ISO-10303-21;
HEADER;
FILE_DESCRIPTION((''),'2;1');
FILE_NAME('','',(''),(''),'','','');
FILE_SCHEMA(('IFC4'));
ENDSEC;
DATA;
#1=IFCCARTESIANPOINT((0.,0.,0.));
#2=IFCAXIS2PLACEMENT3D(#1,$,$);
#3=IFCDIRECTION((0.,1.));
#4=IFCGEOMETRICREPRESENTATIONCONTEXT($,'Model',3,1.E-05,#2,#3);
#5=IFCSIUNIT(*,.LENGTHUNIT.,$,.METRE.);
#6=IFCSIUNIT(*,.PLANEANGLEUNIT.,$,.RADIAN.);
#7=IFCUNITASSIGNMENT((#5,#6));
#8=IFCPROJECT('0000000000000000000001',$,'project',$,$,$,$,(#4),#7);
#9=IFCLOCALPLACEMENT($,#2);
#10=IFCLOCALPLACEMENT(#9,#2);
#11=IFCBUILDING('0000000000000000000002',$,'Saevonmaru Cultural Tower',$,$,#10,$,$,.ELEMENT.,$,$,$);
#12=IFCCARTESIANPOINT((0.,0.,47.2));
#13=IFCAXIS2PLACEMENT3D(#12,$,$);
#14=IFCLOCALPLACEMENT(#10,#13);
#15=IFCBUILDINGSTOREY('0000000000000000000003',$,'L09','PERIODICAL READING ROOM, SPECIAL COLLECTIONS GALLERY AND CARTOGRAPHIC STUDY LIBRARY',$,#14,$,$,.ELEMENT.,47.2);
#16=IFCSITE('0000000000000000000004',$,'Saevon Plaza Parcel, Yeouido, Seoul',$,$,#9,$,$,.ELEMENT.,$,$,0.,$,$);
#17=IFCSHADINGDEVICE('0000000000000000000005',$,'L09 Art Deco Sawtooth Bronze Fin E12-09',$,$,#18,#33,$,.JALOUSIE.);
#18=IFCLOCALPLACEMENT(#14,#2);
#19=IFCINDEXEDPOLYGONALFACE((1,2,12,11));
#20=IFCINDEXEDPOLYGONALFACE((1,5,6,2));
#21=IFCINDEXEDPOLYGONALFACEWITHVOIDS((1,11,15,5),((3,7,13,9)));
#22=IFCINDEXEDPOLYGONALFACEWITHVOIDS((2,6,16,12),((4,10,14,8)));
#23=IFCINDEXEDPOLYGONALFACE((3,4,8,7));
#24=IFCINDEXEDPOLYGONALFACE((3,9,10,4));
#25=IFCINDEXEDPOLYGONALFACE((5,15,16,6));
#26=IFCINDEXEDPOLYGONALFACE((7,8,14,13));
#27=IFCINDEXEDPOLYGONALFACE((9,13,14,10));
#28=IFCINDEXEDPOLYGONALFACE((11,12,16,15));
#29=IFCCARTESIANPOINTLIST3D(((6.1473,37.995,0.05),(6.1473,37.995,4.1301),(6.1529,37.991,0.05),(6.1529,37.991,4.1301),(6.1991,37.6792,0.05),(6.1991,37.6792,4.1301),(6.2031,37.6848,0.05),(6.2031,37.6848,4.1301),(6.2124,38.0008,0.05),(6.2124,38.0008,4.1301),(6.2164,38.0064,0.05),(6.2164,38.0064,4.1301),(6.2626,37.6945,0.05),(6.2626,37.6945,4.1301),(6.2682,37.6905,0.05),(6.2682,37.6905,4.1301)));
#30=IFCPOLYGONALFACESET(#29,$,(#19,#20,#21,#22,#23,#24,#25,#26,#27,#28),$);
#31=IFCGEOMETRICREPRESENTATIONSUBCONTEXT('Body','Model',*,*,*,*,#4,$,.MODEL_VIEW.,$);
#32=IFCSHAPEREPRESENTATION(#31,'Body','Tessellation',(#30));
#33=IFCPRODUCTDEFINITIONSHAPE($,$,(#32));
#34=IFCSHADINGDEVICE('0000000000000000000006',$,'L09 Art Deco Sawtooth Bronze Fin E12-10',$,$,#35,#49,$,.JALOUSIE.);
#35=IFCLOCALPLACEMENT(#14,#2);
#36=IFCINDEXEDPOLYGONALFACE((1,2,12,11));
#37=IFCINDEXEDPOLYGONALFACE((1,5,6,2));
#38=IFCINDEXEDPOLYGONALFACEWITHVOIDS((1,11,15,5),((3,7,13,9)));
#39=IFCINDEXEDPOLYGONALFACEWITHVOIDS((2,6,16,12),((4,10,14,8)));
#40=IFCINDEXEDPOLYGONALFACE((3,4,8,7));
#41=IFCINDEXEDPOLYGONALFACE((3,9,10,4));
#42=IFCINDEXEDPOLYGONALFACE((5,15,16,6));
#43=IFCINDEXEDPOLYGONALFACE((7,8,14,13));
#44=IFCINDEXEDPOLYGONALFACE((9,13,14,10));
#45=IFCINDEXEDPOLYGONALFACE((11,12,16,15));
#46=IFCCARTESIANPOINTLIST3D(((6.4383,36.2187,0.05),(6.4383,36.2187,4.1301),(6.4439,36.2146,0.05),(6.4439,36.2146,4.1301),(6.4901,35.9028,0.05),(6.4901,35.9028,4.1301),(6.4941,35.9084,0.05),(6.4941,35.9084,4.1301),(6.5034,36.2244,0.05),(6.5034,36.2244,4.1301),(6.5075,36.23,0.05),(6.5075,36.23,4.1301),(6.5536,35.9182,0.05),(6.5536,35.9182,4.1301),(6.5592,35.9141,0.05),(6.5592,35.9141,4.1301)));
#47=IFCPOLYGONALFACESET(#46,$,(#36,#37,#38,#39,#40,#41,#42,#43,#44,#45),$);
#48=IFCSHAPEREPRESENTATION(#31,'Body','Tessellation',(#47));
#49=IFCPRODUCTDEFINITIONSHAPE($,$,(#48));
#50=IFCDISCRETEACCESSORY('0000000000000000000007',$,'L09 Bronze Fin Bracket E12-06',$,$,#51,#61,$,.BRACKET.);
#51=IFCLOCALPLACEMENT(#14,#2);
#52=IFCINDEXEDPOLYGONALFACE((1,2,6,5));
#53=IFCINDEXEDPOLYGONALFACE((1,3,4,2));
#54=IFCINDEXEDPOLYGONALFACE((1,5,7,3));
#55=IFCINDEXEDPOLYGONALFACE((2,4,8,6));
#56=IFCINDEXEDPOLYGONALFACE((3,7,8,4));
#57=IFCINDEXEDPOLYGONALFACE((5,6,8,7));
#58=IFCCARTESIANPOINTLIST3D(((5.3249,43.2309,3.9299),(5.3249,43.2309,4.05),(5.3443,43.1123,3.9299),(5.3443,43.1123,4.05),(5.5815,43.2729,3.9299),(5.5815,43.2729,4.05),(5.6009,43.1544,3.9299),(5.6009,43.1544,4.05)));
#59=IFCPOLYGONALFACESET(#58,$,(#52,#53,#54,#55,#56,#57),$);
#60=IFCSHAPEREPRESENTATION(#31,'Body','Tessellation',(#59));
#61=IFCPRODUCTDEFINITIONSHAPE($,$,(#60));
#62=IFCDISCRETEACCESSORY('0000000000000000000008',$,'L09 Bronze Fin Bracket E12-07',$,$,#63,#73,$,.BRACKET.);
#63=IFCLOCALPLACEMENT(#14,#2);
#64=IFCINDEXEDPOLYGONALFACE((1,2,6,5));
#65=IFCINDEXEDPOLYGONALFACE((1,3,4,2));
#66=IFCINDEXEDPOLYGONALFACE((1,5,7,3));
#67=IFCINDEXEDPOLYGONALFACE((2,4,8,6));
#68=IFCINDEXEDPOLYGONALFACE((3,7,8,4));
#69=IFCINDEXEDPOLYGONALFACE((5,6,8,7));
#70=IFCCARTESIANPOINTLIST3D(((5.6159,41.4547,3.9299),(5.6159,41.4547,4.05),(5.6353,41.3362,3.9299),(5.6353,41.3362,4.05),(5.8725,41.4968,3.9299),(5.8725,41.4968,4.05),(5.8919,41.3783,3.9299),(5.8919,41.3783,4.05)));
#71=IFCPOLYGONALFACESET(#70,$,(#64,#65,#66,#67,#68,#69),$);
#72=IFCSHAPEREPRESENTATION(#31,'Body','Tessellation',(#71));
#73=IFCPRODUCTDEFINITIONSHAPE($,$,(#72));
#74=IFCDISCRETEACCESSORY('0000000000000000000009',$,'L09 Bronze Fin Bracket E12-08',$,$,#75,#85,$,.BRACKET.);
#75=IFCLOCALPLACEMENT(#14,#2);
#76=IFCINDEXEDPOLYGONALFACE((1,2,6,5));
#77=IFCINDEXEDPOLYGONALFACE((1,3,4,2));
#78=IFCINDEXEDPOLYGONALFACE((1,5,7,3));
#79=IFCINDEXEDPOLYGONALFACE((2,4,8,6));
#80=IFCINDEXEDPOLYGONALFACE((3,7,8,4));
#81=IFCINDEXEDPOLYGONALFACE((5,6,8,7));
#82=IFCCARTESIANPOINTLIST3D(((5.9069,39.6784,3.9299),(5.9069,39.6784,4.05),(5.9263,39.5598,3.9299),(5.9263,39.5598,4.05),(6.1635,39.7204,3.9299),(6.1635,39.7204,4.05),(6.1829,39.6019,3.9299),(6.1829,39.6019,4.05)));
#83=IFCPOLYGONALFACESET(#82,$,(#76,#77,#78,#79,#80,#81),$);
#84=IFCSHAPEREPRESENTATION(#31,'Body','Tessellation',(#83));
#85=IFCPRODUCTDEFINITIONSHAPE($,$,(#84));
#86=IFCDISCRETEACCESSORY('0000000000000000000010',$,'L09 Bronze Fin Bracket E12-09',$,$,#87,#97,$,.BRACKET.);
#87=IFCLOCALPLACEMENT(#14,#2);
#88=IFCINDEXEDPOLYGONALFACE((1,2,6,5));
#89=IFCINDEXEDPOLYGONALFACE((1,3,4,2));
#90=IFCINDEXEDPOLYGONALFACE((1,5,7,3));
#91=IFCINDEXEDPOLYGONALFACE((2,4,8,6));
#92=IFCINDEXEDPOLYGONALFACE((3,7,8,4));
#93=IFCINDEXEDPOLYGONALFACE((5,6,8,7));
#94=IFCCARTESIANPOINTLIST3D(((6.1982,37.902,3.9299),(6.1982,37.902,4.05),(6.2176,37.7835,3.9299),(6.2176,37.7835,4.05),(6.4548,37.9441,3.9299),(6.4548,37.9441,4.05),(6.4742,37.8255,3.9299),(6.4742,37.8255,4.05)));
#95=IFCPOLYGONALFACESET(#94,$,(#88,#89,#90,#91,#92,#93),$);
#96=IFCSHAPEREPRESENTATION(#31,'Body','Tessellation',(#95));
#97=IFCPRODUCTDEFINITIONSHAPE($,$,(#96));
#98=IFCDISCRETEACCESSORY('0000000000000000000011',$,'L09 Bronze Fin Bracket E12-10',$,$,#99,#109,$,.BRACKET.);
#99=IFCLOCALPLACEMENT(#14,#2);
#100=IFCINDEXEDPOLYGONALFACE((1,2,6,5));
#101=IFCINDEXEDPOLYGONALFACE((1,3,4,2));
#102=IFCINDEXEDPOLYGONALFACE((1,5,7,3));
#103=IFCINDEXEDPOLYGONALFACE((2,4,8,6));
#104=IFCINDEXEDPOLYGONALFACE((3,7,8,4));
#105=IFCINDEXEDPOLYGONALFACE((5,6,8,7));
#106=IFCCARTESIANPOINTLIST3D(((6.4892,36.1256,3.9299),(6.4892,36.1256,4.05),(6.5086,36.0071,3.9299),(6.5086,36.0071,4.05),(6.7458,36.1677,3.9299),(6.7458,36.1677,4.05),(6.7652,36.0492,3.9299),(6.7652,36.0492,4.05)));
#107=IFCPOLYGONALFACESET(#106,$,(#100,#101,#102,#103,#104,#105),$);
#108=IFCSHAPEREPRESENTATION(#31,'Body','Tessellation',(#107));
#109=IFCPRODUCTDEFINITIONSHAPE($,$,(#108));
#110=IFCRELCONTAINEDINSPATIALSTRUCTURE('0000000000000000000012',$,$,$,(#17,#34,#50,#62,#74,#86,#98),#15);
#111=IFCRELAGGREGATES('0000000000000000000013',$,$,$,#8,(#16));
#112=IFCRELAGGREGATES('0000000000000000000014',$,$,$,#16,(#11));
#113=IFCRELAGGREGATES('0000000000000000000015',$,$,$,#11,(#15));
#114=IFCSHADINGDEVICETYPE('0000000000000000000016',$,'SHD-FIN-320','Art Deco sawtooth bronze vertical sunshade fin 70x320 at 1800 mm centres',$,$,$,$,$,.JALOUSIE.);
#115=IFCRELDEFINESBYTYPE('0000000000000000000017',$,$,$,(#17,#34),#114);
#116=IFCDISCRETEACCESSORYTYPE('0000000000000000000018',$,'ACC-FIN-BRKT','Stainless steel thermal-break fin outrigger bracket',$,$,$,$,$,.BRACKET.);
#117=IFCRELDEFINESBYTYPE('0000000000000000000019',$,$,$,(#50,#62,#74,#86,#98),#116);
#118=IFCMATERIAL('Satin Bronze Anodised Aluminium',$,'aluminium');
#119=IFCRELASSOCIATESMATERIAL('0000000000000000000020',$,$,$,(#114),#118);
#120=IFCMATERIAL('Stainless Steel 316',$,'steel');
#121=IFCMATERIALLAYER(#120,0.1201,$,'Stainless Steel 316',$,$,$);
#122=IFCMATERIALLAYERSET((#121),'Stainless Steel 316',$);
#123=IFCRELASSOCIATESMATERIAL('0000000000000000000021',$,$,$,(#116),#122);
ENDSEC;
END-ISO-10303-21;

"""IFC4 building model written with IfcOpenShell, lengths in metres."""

from ifc_helpers import new_model, si_unit, direction, frame, origin, origin_2d, place, context, subcontext, project, spatial, rectangle, hollow_rectangle, extrude, material, layer, layer_set, material_profile, profile_set, type_object, element, save


model = new_model("IFC4")

# Units and contexts
model_context = context("Model", 3, precision=1e-05, world=origin(), true_north=direction((0.0, 1.0)))
body_context = subcontext(model_context, "Body", "Model", "MODEL_VIEW")
ifc_project = project(units=[si_unit("LENGTHUNIT", "METRE"), si_unit("PLANEANGLEUNIT", "RADIAN")], contexts=[model_context])

# Site, building, storey
site_placement = place(None, origin())
site = spatial("IfcSite", under=ifc_project, at=site_placement, Name="Saevon Plaza Parcel, Yeouido, Seoul", CompositionType="ELEMENT", RefElevation=0.0)
building_placement = place(site_placement, origin())
building = spatial("IfcBuilding", under=site, at=building_placement, Name="Saevonmaru Cultural Tower", CompositionType="ELEMENT")
storey_placement = place(building_placement, frame((0.0, 0.0, 47.2)))
storey = spatial("IfcBuildingStorey", under=building, at=storey_placement, Name="L09", Description="PERIODICAL READING ROOM, SPECIAL COLLECTIONS GALLERY AND CARTOGRAPHIC STUDY LIBRARY", CompositionType="ELEMENT", Elevation=47.2)

# Shared definitions
ifc_material_1 = material(Name="Satin Bronze Anodised Aluminium", Category="aluminium")

# Shading devices
ifc_material_profile_1 = material_profile(ifc_material_1, hollow_rectangle(XDim=0.0701, YDim=0.3201, WallThickness=0.0049, at=origin_2d()), Name="FIN-320x70")
ifc_profile_set_1 = profile_set([ifc_material_profile_1], Name="Satin Bronze Anodised Aluminium")
shading_device_type = type_object("IfcShadingDeviceType", Name="SHD-FIN-320", Description="Art Deco sawtooth bronze vertical sunshade fin 70x320 at 1800 mm centres", PredefinedType="JALOUSIE", material=ifc_profile_set_1)
for number, where, z_axis, x_axis, name in (
    (1, (6.2078, 37.8428, 0.05), (0.0, 0.0, 1.0), (-0.986827, -0.161776, 0.0), "L09 Art Deco Sawtooth Bronze Fin E12-09"),
    (2, (6.4988, 36.0664, 0.05), (0.0, 0.0, 1.0), (-0.986827, -0.161776, 0.0), "L09 Art Deco Sawtooth Bronze Fin E12-10"),
):
    element("IfcShadingDevice", number, at=place(storey_placement, frame(where, z_axis=z_axis, x_axis=x_axis)), inside=storey, type_object=shading_device_type, Name=name, PredefinedType="JALOUSIE", context=body_context, shape_type="SweptSolid", body=[
        extrude(hollow_rectangle(XDim=0.0701, YDim=0.3201, WallThickness=0.0049, at=origin_2d()), origin(), (0.0, 0.0, 1.0), 4.0801),
    ])

# Discrete accessories
ifc_material_2 = material(Name="Stainless Steel 316", Category="steel")
ifc_layer_1 = layer(ifc_material_2, 0.1201, Name="Stainless Steel 316")
ifc_layer_set_1 = layer_set([ifc_layer_1], Name="Stainless Steel 316")
discrete_accessory_type = type_object("IfcDiscreteAccessoryType", Name="ACC-FIN-BRKT", Description="Stainless steel thermal-break fin outrigger bracket", PredefinedType="BRACKET", material=ifc_layer_set_1)
for number, where, z_axis, x_axis, name in (
    (3, (5.4629, 43.1926, 3.9299), (0.0, 0.0, 1.0), (-0.986827, -0.161776, 0.0), "L09 Bronze Fin Bracket E12-06"),
    (4, (5.7539, 41.4165, 3.9299), (0.0, 0.0, 1.0), (-0.986827, -0.161776, 0.0), "L09 Bronze Fin Bracket E12-07"),
    (5, (6.0449, 39.6401, 3.9299), (0.0, 0.0, 1.0), (-0.986827, -0.161776, 0.0), "L09 Bronze Fin Bracket E12-08"),
    (6, (6.3362, 37.8638, 3.9299), (0.0, 0.0, 1.0), (-0.986827, -0.161776, 0.0), "L09 Bronze Fin Bracket E12-09"),
    (7, (6.6272, 36.0874, 3.9299), (0.0, 0.0, 1.0), (-0.986827, -0.161776, 0.0), "L09 Bronze Fin Bracket E12-10"),
):
    element("IfcDiscreteAccessory", number, at=place(storey_placement, frame(where, z_axis=z_axis, x_axis=x_axis)), inside=storey, type_object=discrete_accessory_type, Name=name, PredefinedType="BRACKET", context=body_context, shape_type="SweptSolid", body=[
        extrude(rectangle(XDim=0.26, YDim=0.1201, at=origin_2d()), origin(), (0.0, 0.0, 1.0), 0.1201),
    ])

save(model, "model.ifc")
